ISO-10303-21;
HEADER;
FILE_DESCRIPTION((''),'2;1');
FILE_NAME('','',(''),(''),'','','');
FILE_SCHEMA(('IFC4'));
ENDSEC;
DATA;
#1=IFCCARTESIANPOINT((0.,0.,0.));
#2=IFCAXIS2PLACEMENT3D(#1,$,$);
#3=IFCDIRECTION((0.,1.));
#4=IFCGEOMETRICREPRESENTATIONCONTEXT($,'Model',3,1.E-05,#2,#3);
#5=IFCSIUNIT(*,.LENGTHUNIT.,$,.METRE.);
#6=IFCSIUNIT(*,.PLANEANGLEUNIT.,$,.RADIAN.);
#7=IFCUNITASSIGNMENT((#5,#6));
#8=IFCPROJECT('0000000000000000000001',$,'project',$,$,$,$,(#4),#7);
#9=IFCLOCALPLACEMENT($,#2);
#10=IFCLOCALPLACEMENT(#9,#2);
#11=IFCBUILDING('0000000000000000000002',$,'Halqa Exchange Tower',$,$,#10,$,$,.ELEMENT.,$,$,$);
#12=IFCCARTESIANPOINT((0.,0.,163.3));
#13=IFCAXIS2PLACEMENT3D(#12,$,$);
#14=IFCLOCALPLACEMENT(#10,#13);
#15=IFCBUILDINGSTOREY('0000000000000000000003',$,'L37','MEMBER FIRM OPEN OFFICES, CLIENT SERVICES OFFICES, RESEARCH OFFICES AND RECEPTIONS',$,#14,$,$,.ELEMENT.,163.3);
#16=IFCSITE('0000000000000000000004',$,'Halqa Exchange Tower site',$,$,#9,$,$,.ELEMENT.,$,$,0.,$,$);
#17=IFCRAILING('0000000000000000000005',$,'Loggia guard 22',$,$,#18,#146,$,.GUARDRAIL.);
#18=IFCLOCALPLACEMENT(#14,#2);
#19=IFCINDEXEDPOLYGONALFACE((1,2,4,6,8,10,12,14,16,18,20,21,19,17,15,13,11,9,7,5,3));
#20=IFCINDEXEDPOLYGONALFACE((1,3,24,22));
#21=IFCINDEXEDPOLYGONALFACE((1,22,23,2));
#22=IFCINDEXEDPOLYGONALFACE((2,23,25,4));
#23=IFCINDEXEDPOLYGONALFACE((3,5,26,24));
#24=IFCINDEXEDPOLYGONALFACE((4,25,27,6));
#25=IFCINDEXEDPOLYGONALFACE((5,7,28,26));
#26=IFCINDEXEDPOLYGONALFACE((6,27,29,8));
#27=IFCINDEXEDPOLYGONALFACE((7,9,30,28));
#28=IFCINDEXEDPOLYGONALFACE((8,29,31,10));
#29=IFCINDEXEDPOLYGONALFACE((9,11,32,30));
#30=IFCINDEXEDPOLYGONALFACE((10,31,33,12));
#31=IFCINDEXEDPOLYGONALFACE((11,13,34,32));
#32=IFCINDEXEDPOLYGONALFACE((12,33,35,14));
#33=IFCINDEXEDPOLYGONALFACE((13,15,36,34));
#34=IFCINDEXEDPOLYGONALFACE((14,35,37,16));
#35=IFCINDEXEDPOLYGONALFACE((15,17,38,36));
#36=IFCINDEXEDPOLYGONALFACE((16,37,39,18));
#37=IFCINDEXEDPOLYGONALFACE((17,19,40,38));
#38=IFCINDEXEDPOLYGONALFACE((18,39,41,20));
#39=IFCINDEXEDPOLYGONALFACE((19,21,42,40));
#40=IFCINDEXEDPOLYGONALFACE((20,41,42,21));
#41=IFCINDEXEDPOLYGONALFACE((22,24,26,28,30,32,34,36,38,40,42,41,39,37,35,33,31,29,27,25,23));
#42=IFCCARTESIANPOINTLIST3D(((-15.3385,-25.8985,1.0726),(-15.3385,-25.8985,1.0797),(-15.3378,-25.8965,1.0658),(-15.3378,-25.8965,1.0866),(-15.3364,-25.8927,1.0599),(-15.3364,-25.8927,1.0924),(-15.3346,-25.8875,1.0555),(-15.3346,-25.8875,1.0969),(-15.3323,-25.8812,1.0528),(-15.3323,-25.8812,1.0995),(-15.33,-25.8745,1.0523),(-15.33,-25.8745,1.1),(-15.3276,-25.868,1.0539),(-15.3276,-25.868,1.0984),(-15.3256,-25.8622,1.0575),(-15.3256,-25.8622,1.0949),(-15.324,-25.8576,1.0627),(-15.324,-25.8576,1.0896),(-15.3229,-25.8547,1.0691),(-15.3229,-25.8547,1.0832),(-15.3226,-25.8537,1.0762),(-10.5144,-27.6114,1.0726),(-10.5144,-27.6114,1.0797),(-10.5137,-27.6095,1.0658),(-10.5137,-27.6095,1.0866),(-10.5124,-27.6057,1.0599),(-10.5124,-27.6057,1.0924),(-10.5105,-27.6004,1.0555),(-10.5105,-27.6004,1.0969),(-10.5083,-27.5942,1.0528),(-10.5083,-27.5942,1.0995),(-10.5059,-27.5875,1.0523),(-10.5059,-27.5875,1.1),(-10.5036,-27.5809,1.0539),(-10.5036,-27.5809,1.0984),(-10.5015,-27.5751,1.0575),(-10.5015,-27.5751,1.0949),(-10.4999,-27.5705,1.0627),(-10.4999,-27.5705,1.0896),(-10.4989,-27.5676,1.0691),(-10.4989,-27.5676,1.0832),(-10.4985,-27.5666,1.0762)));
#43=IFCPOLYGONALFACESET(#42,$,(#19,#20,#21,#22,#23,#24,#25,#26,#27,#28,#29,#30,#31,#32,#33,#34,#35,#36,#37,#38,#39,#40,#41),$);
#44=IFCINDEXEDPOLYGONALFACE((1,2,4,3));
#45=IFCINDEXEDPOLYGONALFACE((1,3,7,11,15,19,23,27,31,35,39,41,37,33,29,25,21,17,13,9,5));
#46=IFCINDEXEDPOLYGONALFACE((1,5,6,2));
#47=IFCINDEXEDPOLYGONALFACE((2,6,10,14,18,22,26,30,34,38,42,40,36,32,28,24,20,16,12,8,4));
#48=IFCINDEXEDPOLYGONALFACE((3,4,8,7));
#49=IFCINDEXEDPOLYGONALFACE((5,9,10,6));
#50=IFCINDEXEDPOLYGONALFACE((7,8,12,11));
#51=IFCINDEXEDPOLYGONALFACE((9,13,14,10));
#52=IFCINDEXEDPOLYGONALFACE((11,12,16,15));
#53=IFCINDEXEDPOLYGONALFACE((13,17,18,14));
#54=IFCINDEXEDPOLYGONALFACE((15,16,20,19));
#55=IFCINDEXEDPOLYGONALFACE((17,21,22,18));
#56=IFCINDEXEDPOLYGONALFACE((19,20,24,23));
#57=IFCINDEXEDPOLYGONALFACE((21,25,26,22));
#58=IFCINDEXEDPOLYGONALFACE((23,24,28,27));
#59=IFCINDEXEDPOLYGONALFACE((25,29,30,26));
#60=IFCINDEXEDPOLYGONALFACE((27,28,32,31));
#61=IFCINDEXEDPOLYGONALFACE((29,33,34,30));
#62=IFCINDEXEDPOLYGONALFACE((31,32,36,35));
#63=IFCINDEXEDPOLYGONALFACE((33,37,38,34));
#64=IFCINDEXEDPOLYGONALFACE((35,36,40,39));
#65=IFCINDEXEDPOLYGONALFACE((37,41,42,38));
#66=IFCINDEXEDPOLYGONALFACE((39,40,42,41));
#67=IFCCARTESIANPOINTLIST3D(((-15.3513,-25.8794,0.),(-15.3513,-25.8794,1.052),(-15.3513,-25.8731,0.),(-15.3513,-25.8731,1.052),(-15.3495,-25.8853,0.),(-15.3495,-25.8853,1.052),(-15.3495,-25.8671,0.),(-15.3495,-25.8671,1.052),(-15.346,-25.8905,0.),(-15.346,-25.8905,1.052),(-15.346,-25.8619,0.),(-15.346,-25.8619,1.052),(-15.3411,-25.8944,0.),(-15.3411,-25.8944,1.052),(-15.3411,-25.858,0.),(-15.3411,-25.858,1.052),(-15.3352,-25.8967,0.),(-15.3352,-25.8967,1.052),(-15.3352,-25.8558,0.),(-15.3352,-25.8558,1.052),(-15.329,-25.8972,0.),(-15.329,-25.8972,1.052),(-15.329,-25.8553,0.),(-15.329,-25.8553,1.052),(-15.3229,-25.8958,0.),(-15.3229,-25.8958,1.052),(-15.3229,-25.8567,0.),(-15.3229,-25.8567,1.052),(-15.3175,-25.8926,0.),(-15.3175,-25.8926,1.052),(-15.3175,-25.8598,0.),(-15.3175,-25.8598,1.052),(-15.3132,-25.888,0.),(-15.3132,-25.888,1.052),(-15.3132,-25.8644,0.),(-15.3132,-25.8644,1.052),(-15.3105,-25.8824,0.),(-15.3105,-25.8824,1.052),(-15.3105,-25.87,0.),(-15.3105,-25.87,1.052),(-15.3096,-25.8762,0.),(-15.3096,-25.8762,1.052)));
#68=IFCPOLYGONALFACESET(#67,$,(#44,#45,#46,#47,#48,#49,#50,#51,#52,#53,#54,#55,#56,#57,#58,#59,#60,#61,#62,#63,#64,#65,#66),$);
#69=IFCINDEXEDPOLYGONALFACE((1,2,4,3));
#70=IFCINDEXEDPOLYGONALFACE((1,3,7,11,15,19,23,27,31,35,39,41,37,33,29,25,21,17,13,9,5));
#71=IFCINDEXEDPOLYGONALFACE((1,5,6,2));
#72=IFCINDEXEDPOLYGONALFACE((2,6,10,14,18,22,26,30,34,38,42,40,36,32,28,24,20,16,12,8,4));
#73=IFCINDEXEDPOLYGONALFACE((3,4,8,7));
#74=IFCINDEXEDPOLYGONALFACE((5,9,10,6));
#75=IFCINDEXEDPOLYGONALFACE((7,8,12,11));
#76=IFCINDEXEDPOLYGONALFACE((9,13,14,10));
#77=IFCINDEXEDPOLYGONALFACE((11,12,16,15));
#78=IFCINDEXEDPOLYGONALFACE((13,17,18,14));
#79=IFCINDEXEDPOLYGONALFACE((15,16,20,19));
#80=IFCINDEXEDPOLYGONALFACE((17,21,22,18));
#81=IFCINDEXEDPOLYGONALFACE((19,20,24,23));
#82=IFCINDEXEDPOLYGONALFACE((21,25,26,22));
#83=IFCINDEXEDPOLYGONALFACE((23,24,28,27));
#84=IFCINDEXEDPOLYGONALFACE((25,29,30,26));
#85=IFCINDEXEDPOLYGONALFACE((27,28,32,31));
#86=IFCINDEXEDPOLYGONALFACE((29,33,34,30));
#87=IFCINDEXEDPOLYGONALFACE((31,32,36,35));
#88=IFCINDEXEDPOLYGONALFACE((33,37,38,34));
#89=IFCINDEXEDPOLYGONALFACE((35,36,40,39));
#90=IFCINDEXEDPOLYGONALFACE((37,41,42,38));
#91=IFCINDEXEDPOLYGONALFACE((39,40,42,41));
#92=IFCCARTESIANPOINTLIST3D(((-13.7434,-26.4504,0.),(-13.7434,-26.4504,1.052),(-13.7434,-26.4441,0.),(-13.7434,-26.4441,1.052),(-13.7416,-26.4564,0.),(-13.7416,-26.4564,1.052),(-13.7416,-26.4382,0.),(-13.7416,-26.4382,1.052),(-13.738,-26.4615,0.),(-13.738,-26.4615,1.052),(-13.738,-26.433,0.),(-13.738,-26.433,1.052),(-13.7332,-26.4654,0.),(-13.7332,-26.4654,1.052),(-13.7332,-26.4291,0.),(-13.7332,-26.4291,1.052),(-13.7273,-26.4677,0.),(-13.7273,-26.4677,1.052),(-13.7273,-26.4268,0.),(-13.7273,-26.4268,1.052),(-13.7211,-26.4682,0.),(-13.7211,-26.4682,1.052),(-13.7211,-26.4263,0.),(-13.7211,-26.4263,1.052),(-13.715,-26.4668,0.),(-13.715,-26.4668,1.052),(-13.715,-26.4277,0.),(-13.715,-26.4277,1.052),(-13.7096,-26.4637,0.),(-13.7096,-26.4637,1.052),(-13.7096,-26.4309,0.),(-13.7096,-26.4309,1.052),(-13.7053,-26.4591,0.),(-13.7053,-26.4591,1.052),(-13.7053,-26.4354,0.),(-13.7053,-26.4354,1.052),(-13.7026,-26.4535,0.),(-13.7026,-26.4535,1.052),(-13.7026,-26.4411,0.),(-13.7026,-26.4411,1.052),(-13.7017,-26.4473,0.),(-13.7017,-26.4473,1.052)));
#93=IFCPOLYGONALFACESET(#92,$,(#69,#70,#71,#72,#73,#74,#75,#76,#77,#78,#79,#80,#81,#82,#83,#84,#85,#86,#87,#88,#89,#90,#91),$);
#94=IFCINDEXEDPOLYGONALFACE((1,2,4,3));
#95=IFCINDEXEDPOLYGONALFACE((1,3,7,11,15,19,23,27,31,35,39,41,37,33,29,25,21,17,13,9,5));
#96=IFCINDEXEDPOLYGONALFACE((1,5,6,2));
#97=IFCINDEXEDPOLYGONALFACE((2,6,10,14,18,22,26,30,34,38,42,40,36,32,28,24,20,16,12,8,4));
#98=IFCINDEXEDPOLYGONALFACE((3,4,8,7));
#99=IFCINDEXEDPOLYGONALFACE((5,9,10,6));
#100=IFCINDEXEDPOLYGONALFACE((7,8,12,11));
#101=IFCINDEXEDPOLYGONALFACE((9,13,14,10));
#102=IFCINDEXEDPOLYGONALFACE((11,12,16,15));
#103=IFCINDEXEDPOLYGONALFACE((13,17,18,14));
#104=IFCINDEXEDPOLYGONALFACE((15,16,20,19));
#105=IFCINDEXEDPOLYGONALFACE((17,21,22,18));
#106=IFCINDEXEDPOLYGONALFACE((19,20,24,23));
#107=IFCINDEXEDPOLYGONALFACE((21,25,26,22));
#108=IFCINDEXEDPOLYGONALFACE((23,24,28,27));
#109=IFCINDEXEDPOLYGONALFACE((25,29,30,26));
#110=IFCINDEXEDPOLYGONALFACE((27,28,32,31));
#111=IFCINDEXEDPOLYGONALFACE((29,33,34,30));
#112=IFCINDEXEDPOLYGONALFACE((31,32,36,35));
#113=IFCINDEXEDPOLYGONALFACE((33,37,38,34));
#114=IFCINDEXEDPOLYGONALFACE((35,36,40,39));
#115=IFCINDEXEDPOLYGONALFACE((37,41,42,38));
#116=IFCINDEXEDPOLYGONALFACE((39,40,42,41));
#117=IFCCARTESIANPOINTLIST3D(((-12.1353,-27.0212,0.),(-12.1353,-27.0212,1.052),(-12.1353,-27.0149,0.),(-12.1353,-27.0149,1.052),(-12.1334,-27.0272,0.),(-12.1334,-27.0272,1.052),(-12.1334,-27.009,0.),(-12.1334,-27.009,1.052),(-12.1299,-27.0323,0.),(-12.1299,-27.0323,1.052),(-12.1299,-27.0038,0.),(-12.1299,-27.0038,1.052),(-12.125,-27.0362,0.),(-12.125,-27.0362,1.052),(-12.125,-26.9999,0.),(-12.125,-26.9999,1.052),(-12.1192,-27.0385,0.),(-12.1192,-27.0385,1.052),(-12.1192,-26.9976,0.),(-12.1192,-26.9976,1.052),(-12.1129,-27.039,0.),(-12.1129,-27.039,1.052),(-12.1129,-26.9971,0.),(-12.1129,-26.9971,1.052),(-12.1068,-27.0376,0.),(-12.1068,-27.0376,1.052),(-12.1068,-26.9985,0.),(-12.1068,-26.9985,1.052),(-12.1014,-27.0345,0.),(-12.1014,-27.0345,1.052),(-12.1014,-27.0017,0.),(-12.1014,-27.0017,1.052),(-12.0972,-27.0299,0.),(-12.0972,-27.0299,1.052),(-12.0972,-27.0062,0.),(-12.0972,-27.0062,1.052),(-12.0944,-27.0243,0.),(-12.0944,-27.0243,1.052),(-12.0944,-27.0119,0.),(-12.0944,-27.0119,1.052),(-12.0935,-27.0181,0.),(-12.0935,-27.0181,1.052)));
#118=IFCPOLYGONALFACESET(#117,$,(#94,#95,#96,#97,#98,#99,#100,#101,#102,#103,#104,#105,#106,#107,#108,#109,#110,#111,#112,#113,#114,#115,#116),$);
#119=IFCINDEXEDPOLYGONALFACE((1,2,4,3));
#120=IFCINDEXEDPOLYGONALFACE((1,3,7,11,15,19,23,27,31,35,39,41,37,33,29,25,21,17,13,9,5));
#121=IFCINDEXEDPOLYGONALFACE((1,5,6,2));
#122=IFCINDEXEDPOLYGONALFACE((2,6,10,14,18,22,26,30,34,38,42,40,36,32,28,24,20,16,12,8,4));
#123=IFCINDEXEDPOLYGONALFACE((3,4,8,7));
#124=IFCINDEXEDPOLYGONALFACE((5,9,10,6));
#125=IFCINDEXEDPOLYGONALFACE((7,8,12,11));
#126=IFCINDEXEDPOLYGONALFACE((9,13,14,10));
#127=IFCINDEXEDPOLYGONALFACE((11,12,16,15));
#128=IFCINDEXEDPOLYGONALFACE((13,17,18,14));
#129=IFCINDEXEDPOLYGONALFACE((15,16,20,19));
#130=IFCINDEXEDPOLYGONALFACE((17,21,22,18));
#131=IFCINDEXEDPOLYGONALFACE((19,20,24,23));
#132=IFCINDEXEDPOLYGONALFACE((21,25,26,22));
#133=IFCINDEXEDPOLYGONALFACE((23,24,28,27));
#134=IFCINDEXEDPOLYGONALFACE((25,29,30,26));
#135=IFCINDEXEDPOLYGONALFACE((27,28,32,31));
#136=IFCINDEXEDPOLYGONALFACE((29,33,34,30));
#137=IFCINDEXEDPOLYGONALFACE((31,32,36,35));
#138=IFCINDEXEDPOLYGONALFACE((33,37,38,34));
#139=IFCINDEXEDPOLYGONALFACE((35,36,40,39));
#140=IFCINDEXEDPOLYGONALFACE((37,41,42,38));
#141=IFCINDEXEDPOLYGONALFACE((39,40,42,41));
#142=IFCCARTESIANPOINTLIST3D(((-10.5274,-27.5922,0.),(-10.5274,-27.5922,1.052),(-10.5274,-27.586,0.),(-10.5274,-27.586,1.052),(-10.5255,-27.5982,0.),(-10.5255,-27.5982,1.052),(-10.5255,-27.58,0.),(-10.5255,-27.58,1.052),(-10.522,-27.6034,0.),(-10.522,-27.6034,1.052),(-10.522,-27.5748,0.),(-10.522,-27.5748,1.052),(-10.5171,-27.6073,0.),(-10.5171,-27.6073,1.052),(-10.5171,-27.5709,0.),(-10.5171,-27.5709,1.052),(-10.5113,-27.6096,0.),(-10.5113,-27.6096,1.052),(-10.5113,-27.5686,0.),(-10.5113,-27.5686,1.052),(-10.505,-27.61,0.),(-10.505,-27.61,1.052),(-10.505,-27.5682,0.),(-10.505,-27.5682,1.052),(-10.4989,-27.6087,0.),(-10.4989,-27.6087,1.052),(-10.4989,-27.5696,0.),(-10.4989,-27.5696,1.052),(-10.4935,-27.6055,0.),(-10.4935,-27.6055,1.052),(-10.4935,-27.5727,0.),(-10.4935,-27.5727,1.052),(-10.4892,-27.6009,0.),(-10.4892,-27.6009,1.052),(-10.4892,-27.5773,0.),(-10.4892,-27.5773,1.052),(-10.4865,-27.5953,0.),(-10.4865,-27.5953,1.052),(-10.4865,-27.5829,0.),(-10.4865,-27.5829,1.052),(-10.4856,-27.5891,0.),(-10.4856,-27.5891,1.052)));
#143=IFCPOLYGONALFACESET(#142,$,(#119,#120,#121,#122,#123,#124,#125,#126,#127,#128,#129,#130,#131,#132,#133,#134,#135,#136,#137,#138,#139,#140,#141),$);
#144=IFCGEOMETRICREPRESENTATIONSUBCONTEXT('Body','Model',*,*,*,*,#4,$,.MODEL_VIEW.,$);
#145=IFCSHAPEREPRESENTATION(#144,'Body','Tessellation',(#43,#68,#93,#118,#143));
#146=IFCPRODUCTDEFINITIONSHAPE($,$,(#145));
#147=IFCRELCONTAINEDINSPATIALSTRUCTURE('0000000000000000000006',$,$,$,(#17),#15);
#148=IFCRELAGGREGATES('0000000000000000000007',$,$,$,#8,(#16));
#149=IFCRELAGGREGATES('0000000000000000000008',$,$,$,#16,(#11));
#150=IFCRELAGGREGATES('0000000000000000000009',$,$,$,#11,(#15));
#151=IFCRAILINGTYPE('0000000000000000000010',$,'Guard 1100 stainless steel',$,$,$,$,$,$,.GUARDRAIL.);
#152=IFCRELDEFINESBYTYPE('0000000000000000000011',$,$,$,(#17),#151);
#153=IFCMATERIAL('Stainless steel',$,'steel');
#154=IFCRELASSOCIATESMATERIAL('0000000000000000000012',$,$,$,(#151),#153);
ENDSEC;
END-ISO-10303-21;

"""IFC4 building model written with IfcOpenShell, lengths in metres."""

from ifc_helpers import new_model, si_unit, direction, frame, origin, origin_2d, place, context, subcontext, project, spatial, circle, extrude, material, type_object, element, save


model = new_model("IFC4")

# Units and contexts
model_context = context("Model", 3, precision=1e-05, world=origin(), true_north=direction((0.0, 1.0)))
body_context = subcontext(model_context, "Body", "Model", "MODEL_VIEW")
ifc_project = project(units=[si_unit("LENGTHUNIT", "METRE"), si_unit("PLANEANGLEUNIT", "RADIAN")], contexts=[model_context])

# Site, building, storey
site_placement = place(None, origin())
site = spatial("IfcSite", under=ifc_project, at=site_placement, Name="Halqa Exchange Tower site", CompositionType="ELEMENT", RefElevation=0.0)
building_placement = place(site_placement, origin())
building = spatial("IfcBuilding", under=site, at=building_placement, Name="Halqa Exchange Tower", CompositionType="ELEMENT")
storey_placement = place(building_placement, frame((0.0, 0.0, 163.3)))
storey = spatial("IfcBuildingStorey", under=building, at=storey_placement, Name="L37", Description="MEMBER FIRM OPEN OFFICES, CLIENT SERVICES OFFICES, RESEARCH OFFICES AND RECEPTIONS", CompositionType="ELEMENT", Elevation=163.3)

# Railing
ifc_material_1 = material(Name="Stainless steel", Category="steel")
railing_type = type_object("IfcRailingType", Name="Guard 1100 stainless steel", PredefinedType="GUARDRAIL", material=ifc_material_1)
railing_1_placement = place(storey_placement, frame((-15.3306, -25.8762, 0.0)))
element("IfcRailing", 1, at=railing_1_placement, inside=storey, type_object=railing_type, Name="Loggia guard 22", PredefinedType="GUARDRAIL", context=body_context, shape_type="SweptSolid", body=[
    extrude(circle(Radius=0.0239, at=origin_2d()), frame((0.0, 0.0, 1.0762), z_axis=(0.942356, -0.334611, 0.0), x_axis=(0.334611, 0.942356, 0.0)), (0.0, 0.0, 1.0), 5.1191),
    extrude(circle(Radius=0.021, at=origin_2d()), origin(), (0.0, 0.0, 1.0), 1.052),
    extrude(circle(Radius=0.021, at=origin_2d()), frame((1.6079, -0.571, 0.0)), (0.0, 0.0, 1.0), 1.052),
    extrude(circle(Radius=0.021, at=origin_2d()), frame((3.2161, -1.1418, 0.0)), (0.0, 0.0, 1.0), 1.052),
    extrude(circle(Radius=0.021, at=origin_2d()), frame((4.824, -1.7129, 0.0)), (0.0, 0.0, 1.0), 1.052),
])

save(model, "model.ifc")
